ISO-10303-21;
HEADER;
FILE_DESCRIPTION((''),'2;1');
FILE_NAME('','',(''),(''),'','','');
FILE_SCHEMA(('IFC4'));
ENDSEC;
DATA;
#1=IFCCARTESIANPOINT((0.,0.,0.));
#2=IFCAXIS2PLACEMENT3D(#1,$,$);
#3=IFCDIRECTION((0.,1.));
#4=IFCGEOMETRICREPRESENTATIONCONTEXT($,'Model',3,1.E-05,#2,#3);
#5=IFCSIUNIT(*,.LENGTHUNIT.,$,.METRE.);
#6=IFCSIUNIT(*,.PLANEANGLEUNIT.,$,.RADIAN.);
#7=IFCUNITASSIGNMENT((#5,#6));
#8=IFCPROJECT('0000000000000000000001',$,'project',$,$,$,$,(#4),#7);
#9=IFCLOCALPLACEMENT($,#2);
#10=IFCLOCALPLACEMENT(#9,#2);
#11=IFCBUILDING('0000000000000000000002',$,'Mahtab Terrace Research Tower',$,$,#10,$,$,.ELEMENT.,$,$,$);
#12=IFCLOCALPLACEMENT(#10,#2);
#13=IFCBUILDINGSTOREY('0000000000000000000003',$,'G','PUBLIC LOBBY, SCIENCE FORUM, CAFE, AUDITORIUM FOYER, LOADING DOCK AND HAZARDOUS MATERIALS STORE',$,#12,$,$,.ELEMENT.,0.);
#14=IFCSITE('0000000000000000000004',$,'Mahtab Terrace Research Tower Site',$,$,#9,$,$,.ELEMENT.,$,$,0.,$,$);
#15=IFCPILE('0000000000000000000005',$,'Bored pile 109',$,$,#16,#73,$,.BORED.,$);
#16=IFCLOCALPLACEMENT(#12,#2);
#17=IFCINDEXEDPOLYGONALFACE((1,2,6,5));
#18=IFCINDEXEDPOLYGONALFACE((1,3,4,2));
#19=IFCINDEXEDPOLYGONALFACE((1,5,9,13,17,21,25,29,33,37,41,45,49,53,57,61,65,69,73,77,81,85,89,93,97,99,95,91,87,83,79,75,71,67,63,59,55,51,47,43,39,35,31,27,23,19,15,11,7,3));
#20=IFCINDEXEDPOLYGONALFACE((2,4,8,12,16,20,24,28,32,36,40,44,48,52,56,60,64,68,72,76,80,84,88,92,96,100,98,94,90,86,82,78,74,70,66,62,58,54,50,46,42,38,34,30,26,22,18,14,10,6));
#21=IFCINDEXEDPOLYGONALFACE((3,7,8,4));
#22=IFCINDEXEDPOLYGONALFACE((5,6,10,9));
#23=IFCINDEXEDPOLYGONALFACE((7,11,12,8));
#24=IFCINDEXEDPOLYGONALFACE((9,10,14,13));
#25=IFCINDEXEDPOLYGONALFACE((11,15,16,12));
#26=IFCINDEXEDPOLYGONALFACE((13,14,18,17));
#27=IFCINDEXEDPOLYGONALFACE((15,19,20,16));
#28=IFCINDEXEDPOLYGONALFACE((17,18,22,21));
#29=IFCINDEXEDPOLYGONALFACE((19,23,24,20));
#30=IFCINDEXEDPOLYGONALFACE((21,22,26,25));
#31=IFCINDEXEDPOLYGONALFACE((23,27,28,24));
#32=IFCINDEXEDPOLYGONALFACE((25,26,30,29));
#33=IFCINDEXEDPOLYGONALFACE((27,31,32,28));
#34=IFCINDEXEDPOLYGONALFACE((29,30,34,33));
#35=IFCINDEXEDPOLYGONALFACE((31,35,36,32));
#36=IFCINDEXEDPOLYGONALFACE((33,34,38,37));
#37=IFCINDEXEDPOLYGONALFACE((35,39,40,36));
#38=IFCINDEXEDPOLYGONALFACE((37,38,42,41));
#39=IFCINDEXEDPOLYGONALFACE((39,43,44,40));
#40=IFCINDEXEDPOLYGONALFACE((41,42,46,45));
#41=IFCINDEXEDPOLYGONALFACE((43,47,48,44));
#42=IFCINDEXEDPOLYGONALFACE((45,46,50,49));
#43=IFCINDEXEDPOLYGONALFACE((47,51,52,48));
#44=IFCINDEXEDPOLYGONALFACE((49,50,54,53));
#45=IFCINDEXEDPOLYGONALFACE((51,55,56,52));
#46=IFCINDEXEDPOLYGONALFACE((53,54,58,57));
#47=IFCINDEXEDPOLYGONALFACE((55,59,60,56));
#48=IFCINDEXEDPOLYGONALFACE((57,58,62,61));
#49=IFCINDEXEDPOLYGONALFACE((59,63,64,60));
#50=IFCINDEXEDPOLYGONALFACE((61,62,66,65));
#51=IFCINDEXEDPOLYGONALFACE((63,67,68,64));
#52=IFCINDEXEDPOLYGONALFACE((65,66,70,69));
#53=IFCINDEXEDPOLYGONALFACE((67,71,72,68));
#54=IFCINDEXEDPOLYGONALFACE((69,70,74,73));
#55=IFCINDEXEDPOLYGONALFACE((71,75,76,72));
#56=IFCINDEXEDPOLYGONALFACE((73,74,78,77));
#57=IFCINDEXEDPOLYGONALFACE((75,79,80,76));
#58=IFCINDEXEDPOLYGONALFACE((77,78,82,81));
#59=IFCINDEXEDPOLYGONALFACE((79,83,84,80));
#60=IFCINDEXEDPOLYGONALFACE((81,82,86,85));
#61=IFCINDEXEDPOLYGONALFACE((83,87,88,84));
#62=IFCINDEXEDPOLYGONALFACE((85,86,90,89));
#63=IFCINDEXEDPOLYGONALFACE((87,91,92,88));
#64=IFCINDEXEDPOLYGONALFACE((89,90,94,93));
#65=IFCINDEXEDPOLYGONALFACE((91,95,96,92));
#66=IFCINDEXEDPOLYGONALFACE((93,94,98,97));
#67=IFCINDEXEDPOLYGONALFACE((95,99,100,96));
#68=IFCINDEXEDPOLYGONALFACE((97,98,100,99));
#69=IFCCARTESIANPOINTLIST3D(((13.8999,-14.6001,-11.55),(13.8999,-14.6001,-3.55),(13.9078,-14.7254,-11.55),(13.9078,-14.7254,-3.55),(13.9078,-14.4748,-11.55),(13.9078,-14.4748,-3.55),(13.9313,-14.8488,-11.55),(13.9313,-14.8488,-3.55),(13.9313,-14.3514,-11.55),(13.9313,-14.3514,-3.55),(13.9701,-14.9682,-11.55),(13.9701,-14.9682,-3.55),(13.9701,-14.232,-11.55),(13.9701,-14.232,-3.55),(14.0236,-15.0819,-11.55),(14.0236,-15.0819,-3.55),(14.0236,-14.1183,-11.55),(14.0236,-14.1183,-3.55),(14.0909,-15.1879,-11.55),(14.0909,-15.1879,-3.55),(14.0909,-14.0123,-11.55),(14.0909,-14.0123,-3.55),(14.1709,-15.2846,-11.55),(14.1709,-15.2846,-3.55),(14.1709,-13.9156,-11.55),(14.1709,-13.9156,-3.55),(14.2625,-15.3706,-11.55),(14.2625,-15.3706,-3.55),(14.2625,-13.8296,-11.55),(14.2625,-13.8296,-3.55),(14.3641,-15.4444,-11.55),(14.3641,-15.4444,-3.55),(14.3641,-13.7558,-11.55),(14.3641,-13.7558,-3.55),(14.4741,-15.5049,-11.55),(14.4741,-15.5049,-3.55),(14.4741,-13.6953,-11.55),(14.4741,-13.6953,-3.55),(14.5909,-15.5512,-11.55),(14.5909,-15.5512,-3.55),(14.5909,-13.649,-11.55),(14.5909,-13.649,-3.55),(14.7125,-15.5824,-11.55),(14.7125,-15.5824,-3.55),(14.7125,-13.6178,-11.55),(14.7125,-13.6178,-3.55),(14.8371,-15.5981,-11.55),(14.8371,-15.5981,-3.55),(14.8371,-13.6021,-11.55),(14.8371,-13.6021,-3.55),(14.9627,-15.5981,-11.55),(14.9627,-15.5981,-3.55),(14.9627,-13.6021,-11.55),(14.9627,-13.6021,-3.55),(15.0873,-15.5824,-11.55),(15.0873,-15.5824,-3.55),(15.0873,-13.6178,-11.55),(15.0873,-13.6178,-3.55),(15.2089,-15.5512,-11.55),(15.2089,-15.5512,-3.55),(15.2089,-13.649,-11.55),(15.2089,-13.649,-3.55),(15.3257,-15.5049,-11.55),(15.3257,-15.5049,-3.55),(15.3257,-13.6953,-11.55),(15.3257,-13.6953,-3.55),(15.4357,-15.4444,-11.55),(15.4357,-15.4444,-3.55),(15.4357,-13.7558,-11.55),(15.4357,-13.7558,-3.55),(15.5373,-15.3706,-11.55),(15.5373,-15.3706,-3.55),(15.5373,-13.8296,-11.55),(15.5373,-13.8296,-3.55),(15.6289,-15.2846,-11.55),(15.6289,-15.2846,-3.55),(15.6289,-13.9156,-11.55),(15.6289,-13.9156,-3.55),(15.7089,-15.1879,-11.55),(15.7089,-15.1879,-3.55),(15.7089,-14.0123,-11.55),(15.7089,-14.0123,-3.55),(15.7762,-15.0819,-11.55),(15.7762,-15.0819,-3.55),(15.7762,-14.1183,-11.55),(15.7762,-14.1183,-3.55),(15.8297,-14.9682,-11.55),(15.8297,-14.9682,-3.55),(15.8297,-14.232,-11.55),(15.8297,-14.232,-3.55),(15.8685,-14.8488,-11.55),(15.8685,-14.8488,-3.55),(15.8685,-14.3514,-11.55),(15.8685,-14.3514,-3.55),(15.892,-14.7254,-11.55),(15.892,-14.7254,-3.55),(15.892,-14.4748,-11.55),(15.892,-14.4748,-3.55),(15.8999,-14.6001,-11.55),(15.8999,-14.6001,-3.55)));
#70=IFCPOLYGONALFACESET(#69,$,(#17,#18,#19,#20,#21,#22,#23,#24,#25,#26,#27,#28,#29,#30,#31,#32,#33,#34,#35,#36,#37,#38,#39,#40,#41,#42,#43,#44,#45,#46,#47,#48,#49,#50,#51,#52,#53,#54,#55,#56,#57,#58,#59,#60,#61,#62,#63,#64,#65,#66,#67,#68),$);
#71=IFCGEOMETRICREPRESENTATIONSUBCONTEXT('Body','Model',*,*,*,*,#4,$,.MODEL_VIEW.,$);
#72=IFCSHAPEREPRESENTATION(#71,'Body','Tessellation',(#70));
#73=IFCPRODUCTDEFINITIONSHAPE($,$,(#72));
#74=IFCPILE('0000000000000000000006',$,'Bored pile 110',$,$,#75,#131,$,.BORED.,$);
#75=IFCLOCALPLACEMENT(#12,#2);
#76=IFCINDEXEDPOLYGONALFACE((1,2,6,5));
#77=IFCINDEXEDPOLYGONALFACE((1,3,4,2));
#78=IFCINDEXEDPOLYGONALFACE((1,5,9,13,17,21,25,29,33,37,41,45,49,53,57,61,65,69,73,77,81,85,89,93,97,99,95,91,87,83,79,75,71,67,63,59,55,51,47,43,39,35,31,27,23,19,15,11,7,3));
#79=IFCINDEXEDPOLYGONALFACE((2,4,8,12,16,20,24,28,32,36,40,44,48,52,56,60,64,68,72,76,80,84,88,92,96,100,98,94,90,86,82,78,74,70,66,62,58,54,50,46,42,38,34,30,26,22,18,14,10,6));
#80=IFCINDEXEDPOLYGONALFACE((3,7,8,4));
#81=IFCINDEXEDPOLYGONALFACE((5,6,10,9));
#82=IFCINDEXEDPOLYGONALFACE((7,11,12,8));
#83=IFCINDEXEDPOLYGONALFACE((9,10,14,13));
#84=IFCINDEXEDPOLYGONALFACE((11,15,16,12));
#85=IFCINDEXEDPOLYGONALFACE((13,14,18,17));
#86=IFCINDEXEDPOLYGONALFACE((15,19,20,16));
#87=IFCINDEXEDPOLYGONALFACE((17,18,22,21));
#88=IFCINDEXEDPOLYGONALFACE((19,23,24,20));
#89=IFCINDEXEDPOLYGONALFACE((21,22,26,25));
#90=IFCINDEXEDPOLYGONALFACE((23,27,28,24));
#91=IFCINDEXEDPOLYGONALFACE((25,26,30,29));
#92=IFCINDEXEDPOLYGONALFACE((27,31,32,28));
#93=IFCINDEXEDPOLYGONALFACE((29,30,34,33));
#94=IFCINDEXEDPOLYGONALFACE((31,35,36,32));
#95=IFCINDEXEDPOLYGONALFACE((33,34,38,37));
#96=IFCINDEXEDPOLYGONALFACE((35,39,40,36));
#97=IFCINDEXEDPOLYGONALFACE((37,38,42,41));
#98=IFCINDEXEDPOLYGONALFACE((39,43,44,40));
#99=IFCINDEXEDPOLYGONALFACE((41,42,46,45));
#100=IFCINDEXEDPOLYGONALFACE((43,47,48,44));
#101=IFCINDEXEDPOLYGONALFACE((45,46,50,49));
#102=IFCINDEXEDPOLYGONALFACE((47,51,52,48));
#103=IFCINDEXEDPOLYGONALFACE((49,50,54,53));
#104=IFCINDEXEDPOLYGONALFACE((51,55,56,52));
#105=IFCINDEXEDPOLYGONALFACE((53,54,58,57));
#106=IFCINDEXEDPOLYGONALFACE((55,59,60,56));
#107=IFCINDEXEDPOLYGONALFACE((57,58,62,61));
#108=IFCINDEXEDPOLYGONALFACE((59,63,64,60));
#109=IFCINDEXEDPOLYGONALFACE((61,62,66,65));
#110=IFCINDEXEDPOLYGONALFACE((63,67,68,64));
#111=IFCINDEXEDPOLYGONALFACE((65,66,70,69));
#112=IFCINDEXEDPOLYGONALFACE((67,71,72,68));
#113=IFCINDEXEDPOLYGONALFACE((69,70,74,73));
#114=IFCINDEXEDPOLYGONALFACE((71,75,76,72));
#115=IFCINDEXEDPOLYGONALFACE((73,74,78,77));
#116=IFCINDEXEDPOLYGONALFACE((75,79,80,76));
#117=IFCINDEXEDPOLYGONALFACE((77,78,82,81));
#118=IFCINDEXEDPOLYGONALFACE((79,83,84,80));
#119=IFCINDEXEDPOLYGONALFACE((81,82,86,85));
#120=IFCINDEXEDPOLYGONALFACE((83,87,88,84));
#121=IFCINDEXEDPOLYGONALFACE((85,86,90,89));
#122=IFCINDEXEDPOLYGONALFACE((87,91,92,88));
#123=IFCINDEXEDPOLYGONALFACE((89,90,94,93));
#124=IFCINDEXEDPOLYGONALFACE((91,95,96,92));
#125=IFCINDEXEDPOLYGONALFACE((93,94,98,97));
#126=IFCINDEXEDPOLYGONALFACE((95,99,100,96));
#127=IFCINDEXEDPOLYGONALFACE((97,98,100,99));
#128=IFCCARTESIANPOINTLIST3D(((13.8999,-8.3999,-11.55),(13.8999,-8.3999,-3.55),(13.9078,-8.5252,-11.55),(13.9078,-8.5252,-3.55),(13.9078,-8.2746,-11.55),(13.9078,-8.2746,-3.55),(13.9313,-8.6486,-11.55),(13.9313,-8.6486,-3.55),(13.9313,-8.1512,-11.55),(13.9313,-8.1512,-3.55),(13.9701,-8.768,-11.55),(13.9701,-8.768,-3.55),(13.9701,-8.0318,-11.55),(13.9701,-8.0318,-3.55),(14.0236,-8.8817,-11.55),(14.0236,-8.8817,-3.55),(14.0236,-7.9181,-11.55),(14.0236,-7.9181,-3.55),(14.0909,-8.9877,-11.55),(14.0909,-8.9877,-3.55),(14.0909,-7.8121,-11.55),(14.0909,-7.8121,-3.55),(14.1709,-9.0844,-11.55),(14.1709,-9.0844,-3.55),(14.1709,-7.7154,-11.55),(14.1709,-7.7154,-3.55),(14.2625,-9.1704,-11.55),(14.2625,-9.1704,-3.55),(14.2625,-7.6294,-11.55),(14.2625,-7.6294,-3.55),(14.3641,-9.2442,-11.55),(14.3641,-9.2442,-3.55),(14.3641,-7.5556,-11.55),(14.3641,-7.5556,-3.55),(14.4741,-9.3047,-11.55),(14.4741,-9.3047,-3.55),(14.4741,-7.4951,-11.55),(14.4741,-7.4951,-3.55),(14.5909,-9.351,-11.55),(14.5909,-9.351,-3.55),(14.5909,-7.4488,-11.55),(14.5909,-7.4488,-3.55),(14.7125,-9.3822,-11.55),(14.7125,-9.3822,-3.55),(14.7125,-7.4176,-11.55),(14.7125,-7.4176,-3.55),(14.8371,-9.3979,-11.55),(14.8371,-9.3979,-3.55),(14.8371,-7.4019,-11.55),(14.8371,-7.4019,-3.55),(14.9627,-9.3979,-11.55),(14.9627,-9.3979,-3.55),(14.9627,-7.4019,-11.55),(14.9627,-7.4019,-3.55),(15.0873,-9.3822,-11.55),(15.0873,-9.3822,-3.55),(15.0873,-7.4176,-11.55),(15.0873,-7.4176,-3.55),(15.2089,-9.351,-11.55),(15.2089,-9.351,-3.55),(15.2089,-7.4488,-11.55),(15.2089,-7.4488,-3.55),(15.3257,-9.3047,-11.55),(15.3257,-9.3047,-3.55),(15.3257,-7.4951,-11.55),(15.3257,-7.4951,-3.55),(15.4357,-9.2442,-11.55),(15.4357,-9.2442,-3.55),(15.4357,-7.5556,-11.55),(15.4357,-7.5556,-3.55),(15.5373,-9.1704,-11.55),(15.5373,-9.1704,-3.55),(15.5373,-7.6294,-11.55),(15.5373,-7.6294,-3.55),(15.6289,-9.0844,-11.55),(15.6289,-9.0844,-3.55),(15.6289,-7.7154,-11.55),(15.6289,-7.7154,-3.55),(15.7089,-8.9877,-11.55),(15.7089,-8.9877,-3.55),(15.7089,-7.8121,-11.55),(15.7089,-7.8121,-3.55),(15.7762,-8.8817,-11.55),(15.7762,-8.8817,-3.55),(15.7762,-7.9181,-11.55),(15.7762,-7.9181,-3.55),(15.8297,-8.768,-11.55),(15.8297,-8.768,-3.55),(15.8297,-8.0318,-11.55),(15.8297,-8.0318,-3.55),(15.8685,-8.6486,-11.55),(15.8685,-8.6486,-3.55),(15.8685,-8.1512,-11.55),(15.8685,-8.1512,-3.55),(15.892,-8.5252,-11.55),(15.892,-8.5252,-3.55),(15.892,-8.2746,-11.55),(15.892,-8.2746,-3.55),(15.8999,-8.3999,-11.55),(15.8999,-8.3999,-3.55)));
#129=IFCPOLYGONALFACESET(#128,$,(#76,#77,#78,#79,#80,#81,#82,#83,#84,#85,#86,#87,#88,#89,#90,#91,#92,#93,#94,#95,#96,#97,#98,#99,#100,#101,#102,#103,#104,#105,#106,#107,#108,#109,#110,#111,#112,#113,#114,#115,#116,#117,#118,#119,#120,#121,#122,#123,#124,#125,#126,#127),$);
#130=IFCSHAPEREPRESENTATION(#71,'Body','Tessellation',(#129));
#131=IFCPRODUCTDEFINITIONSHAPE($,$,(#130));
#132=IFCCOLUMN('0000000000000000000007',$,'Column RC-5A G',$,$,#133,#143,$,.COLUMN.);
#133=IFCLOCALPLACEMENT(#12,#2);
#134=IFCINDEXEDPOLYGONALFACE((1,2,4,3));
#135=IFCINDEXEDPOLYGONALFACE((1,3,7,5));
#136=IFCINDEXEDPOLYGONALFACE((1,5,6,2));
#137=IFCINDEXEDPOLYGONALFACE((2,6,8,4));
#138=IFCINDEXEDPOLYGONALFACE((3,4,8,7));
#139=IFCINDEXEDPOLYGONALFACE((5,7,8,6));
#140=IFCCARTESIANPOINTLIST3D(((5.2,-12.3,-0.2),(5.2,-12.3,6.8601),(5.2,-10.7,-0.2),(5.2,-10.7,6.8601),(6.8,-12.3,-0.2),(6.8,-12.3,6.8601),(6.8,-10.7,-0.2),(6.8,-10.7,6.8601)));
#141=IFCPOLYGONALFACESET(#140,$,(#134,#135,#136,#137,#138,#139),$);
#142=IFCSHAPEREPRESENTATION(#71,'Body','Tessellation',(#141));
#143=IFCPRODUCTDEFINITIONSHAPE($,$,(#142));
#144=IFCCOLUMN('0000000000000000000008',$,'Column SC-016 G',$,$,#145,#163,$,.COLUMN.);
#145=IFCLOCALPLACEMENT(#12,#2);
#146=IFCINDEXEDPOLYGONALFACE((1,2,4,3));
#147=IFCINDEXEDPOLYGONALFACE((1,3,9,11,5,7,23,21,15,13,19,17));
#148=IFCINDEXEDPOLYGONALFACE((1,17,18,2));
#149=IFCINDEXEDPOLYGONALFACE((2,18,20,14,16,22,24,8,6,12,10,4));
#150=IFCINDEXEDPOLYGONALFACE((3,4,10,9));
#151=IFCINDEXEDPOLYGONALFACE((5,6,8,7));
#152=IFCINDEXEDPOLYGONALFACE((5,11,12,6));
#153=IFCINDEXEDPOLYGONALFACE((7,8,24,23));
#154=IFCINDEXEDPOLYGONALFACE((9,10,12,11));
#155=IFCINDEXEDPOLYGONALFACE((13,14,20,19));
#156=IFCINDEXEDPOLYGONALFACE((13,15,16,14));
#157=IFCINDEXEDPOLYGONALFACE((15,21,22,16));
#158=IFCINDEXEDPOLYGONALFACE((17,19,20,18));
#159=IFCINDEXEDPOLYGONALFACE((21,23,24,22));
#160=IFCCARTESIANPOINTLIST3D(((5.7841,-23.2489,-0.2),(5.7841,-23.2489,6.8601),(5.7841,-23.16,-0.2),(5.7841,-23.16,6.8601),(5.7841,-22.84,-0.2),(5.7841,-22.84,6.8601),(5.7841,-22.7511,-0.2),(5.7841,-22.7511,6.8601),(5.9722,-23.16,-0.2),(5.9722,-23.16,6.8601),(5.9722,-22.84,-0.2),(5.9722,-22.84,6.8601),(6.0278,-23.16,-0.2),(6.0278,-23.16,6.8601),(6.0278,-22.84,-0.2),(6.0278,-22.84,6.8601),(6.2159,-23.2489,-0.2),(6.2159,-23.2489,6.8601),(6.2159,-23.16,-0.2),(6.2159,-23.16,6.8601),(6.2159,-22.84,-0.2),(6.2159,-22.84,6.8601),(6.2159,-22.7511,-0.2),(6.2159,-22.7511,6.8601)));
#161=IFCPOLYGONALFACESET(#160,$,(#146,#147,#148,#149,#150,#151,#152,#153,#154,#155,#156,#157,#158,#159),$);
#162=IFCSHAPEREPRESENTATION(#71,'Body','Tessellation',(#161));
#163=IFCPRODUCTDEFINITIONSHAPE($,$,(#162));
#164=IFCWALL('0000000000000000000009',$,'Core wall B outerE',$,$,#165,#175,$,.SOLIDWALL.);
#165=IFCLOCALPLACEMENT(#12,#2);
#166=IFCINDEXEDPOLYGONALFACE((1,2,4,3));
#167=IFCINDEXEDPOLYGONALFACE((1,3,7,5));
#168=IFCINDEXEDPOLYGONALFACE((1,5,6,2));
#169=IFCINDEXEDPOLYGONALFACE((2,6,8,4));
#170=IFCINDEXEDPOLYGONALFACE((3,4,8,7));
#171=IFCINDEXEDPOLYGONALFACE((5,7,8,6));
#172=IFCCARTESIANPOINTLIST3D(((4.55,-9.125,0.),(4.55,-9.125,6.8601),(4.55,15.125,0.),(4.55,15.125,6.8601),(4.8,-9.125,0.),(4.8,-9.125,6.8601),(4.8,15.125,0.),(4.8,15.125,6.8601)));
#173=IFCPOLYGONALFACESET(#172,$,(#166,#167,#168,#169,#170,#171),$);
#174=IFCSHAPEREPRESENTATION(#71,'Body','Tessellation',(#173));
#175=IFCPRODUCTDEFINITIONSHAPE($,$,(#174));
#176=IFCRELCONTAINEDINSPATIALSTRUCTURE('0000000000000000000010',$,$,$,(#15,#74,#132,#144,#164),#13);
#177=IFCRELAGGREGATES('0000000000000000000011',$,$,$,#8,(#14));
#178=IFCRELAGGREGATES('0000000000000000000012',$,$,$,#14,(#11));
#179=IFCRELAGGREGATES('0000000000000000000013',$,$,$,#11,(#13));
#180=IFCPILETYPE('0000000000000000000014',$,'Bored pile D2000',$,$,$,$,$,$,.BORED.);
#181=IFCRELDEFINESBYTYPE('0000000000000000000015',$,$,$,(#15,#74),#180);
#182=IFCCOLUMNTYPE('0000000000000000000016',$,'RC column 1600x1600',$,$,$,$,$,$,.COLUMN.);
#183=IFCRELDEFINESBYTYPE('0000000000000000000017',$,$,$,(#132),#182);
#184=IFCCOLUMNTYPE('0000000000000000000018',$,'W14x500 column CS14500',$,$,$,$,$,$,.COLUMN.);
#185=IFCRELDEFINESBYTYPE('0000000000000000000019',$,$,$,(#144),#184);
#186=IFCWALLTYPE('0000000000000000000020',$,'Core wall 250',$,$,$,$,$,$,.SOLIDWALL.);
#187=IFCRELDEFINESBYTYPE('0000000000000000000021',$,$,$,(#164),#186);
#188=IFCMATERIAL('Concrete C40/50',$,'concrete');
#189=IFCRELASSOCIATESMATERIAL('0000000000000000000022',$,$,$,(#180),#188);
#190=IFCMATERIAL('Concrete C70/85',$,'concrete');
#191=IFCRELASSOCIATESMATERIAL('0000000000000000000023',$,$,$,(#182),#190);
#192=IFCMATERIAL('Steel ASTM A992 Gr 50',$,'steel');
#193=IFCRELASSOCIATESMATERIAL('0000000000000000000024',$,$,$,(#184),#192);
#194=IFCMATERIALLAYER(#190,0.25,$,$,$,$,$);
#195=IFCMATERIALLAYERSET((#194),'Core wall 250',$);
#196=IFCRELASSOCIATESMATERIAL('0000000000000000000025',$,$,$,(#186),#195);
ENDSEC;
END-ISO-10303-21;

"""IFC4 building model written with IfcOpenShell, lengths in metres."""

from ifc_helpers import new_model, si_unit, direction, frame, frame_2d, origin, origin_2d, place, context, subcontext, project, spatial, rectangle, circle, i_section, extrude, material, layer, layer_set, material_profile, profile_set, type_object, element, save


model = new_model("IFC4")

# Units and contexts
model_context = context("Model", 3, precision=1e-05, world=origin(), true_north=direction((0.0, 1.0)))
body_context = subcontext(model_context, "Body", "Model", "MODEL_VIEW")
ifc_project = project(units=[si_unit("LENGTHUNIT", "METRE"), si_unit("PLANEANGLEUNIT", "RADIAN")], contexts=[model_context])

# Site, building, storey
site_placement = place(None, origin())
site = spatial("IfcSite", under=ifc_project, at=site_placement, Name="Mahtab Terrace Research Tower Site", CompositionType="ELEMENT", RefElevation=0.0)
building_placement = place(site_placement, origin())
building = spatial("IfcBuilding", under=site, at=building_placement, Name="Mahtab Terrace Research Tower", CompositionType="ELEMENT")
storey_placement = place(building_placement, origin())
storey = spatial("IfcBuildingStorey", under=building, at=storey_placement, Name="G", Description="PUBLIC LOBBY, SCIENCE FORUM, CAFE, AUDITORIUM FOYER, LOADING DOCK AND HAZARDOUS MATERIALS STORE", CompositionType="ELEMENT", Elevation=0.0)

# Piles
ifc_material_1 = material(Name="Concrete C40/50", Category="concrete")
ifc_material_profile_1 = material_profile(ifc_material_1, circle(Radius=1.0, at=origin_2d()), Name="Bored pile D2000")
ifc_profile_set_1 = profile_set([ifc_material_profile_1], Name="Concrete C40/50")
pile_type_1 = type_object("IfcPileType", Name="Bored pile D2000", PredefinedType="BORED", material=ifc_profile_set_1)
for number, where, z_axis, x_axis, name in (
    (1, (14.8999, -14.6001, -3.55), (0.0, 0.0, -1.0), (1.0, 0.0, 0.0), "Bored pile 109"),
    (2, (14.8999, -8.3999, -3.55), (0.0, 0.0, -1.0), (1.0, 0.0, 0.0), "Bored pile 110"),
):
    element("IfcPile", number, at=place(storey_placement, frame(where, z_axis=z_axis, x_axis=x_axis)), inside=storey, type_object=pile_type_1, Name=name, PredefinedType="BORED", context=body_context, shape_type="SweptSolid", body=[
        extrude(circle(Radius=1.0, at=origin_2d()), origin(), (0.0, 0.0, 1.0), 8.0),
    ])

# Columns
ifc_material_2 = material(Name="Concrete C70/85", Category="concrete")
ifc_material_profile_2 = material_profile(ifc_material_2, rectangle(XDim=1.6001, YDim=1.6001, at=origin_2d()), Name="RC column 1600x1600")
ifc_profile_set_2 = profile_set([ifc_material_profile_2], Name="Concrete C70/85")
column_type_1 = type_object("IfcColumnType", Name="RC column 1600x1600", PredefinedType="COLUMN", material=ifc_profile_set_2)
column_1_placement = place(storey_placement, frame((6.0, -11.5, -0.2), z_axis=(0.0, 0.0, 1.0), x_axis=(1.0, 0.0, 0.0)))
element("IfcColumn", 3, at=column_1_placement, inside=storey, type_object=column_type_1, Name="Column RC-5A G", PredefinedType="COLUMN", context=body_context, shape_type="SweptSolid", body=[
    extrude(rectangle(XDim=1.6001, YDim=1.6001, at=origin_2d()), origin(), (0.0, 0.0, 1.0), 7.0601),
])
ifc_material_3 = material(Name="Steel ASTM A992 Gr 50", Category="steel")
ifc_material_profile_3 = material_profile(ifc_material_3, i_section(OverallWidth=0.4319, OverallDepth=0.4978, WebThickness=0.0557, FlangeThickness=0.0889, at=origin_2d()), Name="W14X500")
ifc_profile_set_3 = profile_set([ifc_material_profile_3], Name="Steel ASTM A992 Gr 50")
column_type_2 = type_object("IfcColumnType", Name="W14x500 column CS14500", PredefinedType="COLUMN", material=ifc_profile_set_3)
column_2_placement = place(storey_placement, frame((6.0, -23.0, -0.2), z_axis=(0.0, 0.0, 1.0), x_axis=(1.0, 0.0, 0.0)))
element("IfcColumn", 4, at=column_2_placement, inside=storey, type_object=column_type_2, Name="Column SC-016 G", PredefinedType="COLUMN", context=body_context, shape_type="SweptSolid", body=[
    extrude(i_section(OverallWidth=0.4319, OverallDepth=0.4978, WebThickness=0.0557, FlangeThickness=0.0889, at=origin_2d()), origin(), (0.0, 0.0, 1.0), 7.0601),
])

# Wall
ifc_layer_1 = layer(ifc_material_2, 0.25)
ifc_layer_set_1 = layer_set([ifc_layer_1], Name="Core wall 250")
wall_type_1 = type_object("IfcWallType", Name="Core wall 250", PredefinedType="SOLIDWALL", material=ifc_layer_set_1)
wall_1_placement = place(storey_placement, frame((4.675, -9.125, 0.0), z_axis=(0.0, 0.0, 1.0), x_axis=(0.0, 1.0, 0.0)))
element("IfcWall", 5, at=wall_1_placement, inside=storey, type_object=wall_type_1, Name="Core wall B outerE", PredefinedType="SOLIDWALL", context=body_context, shape_type="SweptSolid", body=[
    extrude(rectangle(XDim=24.25, YDim=0.25, at=frame_2d((12.125, 0.0))), origin(), (0.0, 0.0, 1.0), 6.8601),
])

save(model, "model.ifc")
